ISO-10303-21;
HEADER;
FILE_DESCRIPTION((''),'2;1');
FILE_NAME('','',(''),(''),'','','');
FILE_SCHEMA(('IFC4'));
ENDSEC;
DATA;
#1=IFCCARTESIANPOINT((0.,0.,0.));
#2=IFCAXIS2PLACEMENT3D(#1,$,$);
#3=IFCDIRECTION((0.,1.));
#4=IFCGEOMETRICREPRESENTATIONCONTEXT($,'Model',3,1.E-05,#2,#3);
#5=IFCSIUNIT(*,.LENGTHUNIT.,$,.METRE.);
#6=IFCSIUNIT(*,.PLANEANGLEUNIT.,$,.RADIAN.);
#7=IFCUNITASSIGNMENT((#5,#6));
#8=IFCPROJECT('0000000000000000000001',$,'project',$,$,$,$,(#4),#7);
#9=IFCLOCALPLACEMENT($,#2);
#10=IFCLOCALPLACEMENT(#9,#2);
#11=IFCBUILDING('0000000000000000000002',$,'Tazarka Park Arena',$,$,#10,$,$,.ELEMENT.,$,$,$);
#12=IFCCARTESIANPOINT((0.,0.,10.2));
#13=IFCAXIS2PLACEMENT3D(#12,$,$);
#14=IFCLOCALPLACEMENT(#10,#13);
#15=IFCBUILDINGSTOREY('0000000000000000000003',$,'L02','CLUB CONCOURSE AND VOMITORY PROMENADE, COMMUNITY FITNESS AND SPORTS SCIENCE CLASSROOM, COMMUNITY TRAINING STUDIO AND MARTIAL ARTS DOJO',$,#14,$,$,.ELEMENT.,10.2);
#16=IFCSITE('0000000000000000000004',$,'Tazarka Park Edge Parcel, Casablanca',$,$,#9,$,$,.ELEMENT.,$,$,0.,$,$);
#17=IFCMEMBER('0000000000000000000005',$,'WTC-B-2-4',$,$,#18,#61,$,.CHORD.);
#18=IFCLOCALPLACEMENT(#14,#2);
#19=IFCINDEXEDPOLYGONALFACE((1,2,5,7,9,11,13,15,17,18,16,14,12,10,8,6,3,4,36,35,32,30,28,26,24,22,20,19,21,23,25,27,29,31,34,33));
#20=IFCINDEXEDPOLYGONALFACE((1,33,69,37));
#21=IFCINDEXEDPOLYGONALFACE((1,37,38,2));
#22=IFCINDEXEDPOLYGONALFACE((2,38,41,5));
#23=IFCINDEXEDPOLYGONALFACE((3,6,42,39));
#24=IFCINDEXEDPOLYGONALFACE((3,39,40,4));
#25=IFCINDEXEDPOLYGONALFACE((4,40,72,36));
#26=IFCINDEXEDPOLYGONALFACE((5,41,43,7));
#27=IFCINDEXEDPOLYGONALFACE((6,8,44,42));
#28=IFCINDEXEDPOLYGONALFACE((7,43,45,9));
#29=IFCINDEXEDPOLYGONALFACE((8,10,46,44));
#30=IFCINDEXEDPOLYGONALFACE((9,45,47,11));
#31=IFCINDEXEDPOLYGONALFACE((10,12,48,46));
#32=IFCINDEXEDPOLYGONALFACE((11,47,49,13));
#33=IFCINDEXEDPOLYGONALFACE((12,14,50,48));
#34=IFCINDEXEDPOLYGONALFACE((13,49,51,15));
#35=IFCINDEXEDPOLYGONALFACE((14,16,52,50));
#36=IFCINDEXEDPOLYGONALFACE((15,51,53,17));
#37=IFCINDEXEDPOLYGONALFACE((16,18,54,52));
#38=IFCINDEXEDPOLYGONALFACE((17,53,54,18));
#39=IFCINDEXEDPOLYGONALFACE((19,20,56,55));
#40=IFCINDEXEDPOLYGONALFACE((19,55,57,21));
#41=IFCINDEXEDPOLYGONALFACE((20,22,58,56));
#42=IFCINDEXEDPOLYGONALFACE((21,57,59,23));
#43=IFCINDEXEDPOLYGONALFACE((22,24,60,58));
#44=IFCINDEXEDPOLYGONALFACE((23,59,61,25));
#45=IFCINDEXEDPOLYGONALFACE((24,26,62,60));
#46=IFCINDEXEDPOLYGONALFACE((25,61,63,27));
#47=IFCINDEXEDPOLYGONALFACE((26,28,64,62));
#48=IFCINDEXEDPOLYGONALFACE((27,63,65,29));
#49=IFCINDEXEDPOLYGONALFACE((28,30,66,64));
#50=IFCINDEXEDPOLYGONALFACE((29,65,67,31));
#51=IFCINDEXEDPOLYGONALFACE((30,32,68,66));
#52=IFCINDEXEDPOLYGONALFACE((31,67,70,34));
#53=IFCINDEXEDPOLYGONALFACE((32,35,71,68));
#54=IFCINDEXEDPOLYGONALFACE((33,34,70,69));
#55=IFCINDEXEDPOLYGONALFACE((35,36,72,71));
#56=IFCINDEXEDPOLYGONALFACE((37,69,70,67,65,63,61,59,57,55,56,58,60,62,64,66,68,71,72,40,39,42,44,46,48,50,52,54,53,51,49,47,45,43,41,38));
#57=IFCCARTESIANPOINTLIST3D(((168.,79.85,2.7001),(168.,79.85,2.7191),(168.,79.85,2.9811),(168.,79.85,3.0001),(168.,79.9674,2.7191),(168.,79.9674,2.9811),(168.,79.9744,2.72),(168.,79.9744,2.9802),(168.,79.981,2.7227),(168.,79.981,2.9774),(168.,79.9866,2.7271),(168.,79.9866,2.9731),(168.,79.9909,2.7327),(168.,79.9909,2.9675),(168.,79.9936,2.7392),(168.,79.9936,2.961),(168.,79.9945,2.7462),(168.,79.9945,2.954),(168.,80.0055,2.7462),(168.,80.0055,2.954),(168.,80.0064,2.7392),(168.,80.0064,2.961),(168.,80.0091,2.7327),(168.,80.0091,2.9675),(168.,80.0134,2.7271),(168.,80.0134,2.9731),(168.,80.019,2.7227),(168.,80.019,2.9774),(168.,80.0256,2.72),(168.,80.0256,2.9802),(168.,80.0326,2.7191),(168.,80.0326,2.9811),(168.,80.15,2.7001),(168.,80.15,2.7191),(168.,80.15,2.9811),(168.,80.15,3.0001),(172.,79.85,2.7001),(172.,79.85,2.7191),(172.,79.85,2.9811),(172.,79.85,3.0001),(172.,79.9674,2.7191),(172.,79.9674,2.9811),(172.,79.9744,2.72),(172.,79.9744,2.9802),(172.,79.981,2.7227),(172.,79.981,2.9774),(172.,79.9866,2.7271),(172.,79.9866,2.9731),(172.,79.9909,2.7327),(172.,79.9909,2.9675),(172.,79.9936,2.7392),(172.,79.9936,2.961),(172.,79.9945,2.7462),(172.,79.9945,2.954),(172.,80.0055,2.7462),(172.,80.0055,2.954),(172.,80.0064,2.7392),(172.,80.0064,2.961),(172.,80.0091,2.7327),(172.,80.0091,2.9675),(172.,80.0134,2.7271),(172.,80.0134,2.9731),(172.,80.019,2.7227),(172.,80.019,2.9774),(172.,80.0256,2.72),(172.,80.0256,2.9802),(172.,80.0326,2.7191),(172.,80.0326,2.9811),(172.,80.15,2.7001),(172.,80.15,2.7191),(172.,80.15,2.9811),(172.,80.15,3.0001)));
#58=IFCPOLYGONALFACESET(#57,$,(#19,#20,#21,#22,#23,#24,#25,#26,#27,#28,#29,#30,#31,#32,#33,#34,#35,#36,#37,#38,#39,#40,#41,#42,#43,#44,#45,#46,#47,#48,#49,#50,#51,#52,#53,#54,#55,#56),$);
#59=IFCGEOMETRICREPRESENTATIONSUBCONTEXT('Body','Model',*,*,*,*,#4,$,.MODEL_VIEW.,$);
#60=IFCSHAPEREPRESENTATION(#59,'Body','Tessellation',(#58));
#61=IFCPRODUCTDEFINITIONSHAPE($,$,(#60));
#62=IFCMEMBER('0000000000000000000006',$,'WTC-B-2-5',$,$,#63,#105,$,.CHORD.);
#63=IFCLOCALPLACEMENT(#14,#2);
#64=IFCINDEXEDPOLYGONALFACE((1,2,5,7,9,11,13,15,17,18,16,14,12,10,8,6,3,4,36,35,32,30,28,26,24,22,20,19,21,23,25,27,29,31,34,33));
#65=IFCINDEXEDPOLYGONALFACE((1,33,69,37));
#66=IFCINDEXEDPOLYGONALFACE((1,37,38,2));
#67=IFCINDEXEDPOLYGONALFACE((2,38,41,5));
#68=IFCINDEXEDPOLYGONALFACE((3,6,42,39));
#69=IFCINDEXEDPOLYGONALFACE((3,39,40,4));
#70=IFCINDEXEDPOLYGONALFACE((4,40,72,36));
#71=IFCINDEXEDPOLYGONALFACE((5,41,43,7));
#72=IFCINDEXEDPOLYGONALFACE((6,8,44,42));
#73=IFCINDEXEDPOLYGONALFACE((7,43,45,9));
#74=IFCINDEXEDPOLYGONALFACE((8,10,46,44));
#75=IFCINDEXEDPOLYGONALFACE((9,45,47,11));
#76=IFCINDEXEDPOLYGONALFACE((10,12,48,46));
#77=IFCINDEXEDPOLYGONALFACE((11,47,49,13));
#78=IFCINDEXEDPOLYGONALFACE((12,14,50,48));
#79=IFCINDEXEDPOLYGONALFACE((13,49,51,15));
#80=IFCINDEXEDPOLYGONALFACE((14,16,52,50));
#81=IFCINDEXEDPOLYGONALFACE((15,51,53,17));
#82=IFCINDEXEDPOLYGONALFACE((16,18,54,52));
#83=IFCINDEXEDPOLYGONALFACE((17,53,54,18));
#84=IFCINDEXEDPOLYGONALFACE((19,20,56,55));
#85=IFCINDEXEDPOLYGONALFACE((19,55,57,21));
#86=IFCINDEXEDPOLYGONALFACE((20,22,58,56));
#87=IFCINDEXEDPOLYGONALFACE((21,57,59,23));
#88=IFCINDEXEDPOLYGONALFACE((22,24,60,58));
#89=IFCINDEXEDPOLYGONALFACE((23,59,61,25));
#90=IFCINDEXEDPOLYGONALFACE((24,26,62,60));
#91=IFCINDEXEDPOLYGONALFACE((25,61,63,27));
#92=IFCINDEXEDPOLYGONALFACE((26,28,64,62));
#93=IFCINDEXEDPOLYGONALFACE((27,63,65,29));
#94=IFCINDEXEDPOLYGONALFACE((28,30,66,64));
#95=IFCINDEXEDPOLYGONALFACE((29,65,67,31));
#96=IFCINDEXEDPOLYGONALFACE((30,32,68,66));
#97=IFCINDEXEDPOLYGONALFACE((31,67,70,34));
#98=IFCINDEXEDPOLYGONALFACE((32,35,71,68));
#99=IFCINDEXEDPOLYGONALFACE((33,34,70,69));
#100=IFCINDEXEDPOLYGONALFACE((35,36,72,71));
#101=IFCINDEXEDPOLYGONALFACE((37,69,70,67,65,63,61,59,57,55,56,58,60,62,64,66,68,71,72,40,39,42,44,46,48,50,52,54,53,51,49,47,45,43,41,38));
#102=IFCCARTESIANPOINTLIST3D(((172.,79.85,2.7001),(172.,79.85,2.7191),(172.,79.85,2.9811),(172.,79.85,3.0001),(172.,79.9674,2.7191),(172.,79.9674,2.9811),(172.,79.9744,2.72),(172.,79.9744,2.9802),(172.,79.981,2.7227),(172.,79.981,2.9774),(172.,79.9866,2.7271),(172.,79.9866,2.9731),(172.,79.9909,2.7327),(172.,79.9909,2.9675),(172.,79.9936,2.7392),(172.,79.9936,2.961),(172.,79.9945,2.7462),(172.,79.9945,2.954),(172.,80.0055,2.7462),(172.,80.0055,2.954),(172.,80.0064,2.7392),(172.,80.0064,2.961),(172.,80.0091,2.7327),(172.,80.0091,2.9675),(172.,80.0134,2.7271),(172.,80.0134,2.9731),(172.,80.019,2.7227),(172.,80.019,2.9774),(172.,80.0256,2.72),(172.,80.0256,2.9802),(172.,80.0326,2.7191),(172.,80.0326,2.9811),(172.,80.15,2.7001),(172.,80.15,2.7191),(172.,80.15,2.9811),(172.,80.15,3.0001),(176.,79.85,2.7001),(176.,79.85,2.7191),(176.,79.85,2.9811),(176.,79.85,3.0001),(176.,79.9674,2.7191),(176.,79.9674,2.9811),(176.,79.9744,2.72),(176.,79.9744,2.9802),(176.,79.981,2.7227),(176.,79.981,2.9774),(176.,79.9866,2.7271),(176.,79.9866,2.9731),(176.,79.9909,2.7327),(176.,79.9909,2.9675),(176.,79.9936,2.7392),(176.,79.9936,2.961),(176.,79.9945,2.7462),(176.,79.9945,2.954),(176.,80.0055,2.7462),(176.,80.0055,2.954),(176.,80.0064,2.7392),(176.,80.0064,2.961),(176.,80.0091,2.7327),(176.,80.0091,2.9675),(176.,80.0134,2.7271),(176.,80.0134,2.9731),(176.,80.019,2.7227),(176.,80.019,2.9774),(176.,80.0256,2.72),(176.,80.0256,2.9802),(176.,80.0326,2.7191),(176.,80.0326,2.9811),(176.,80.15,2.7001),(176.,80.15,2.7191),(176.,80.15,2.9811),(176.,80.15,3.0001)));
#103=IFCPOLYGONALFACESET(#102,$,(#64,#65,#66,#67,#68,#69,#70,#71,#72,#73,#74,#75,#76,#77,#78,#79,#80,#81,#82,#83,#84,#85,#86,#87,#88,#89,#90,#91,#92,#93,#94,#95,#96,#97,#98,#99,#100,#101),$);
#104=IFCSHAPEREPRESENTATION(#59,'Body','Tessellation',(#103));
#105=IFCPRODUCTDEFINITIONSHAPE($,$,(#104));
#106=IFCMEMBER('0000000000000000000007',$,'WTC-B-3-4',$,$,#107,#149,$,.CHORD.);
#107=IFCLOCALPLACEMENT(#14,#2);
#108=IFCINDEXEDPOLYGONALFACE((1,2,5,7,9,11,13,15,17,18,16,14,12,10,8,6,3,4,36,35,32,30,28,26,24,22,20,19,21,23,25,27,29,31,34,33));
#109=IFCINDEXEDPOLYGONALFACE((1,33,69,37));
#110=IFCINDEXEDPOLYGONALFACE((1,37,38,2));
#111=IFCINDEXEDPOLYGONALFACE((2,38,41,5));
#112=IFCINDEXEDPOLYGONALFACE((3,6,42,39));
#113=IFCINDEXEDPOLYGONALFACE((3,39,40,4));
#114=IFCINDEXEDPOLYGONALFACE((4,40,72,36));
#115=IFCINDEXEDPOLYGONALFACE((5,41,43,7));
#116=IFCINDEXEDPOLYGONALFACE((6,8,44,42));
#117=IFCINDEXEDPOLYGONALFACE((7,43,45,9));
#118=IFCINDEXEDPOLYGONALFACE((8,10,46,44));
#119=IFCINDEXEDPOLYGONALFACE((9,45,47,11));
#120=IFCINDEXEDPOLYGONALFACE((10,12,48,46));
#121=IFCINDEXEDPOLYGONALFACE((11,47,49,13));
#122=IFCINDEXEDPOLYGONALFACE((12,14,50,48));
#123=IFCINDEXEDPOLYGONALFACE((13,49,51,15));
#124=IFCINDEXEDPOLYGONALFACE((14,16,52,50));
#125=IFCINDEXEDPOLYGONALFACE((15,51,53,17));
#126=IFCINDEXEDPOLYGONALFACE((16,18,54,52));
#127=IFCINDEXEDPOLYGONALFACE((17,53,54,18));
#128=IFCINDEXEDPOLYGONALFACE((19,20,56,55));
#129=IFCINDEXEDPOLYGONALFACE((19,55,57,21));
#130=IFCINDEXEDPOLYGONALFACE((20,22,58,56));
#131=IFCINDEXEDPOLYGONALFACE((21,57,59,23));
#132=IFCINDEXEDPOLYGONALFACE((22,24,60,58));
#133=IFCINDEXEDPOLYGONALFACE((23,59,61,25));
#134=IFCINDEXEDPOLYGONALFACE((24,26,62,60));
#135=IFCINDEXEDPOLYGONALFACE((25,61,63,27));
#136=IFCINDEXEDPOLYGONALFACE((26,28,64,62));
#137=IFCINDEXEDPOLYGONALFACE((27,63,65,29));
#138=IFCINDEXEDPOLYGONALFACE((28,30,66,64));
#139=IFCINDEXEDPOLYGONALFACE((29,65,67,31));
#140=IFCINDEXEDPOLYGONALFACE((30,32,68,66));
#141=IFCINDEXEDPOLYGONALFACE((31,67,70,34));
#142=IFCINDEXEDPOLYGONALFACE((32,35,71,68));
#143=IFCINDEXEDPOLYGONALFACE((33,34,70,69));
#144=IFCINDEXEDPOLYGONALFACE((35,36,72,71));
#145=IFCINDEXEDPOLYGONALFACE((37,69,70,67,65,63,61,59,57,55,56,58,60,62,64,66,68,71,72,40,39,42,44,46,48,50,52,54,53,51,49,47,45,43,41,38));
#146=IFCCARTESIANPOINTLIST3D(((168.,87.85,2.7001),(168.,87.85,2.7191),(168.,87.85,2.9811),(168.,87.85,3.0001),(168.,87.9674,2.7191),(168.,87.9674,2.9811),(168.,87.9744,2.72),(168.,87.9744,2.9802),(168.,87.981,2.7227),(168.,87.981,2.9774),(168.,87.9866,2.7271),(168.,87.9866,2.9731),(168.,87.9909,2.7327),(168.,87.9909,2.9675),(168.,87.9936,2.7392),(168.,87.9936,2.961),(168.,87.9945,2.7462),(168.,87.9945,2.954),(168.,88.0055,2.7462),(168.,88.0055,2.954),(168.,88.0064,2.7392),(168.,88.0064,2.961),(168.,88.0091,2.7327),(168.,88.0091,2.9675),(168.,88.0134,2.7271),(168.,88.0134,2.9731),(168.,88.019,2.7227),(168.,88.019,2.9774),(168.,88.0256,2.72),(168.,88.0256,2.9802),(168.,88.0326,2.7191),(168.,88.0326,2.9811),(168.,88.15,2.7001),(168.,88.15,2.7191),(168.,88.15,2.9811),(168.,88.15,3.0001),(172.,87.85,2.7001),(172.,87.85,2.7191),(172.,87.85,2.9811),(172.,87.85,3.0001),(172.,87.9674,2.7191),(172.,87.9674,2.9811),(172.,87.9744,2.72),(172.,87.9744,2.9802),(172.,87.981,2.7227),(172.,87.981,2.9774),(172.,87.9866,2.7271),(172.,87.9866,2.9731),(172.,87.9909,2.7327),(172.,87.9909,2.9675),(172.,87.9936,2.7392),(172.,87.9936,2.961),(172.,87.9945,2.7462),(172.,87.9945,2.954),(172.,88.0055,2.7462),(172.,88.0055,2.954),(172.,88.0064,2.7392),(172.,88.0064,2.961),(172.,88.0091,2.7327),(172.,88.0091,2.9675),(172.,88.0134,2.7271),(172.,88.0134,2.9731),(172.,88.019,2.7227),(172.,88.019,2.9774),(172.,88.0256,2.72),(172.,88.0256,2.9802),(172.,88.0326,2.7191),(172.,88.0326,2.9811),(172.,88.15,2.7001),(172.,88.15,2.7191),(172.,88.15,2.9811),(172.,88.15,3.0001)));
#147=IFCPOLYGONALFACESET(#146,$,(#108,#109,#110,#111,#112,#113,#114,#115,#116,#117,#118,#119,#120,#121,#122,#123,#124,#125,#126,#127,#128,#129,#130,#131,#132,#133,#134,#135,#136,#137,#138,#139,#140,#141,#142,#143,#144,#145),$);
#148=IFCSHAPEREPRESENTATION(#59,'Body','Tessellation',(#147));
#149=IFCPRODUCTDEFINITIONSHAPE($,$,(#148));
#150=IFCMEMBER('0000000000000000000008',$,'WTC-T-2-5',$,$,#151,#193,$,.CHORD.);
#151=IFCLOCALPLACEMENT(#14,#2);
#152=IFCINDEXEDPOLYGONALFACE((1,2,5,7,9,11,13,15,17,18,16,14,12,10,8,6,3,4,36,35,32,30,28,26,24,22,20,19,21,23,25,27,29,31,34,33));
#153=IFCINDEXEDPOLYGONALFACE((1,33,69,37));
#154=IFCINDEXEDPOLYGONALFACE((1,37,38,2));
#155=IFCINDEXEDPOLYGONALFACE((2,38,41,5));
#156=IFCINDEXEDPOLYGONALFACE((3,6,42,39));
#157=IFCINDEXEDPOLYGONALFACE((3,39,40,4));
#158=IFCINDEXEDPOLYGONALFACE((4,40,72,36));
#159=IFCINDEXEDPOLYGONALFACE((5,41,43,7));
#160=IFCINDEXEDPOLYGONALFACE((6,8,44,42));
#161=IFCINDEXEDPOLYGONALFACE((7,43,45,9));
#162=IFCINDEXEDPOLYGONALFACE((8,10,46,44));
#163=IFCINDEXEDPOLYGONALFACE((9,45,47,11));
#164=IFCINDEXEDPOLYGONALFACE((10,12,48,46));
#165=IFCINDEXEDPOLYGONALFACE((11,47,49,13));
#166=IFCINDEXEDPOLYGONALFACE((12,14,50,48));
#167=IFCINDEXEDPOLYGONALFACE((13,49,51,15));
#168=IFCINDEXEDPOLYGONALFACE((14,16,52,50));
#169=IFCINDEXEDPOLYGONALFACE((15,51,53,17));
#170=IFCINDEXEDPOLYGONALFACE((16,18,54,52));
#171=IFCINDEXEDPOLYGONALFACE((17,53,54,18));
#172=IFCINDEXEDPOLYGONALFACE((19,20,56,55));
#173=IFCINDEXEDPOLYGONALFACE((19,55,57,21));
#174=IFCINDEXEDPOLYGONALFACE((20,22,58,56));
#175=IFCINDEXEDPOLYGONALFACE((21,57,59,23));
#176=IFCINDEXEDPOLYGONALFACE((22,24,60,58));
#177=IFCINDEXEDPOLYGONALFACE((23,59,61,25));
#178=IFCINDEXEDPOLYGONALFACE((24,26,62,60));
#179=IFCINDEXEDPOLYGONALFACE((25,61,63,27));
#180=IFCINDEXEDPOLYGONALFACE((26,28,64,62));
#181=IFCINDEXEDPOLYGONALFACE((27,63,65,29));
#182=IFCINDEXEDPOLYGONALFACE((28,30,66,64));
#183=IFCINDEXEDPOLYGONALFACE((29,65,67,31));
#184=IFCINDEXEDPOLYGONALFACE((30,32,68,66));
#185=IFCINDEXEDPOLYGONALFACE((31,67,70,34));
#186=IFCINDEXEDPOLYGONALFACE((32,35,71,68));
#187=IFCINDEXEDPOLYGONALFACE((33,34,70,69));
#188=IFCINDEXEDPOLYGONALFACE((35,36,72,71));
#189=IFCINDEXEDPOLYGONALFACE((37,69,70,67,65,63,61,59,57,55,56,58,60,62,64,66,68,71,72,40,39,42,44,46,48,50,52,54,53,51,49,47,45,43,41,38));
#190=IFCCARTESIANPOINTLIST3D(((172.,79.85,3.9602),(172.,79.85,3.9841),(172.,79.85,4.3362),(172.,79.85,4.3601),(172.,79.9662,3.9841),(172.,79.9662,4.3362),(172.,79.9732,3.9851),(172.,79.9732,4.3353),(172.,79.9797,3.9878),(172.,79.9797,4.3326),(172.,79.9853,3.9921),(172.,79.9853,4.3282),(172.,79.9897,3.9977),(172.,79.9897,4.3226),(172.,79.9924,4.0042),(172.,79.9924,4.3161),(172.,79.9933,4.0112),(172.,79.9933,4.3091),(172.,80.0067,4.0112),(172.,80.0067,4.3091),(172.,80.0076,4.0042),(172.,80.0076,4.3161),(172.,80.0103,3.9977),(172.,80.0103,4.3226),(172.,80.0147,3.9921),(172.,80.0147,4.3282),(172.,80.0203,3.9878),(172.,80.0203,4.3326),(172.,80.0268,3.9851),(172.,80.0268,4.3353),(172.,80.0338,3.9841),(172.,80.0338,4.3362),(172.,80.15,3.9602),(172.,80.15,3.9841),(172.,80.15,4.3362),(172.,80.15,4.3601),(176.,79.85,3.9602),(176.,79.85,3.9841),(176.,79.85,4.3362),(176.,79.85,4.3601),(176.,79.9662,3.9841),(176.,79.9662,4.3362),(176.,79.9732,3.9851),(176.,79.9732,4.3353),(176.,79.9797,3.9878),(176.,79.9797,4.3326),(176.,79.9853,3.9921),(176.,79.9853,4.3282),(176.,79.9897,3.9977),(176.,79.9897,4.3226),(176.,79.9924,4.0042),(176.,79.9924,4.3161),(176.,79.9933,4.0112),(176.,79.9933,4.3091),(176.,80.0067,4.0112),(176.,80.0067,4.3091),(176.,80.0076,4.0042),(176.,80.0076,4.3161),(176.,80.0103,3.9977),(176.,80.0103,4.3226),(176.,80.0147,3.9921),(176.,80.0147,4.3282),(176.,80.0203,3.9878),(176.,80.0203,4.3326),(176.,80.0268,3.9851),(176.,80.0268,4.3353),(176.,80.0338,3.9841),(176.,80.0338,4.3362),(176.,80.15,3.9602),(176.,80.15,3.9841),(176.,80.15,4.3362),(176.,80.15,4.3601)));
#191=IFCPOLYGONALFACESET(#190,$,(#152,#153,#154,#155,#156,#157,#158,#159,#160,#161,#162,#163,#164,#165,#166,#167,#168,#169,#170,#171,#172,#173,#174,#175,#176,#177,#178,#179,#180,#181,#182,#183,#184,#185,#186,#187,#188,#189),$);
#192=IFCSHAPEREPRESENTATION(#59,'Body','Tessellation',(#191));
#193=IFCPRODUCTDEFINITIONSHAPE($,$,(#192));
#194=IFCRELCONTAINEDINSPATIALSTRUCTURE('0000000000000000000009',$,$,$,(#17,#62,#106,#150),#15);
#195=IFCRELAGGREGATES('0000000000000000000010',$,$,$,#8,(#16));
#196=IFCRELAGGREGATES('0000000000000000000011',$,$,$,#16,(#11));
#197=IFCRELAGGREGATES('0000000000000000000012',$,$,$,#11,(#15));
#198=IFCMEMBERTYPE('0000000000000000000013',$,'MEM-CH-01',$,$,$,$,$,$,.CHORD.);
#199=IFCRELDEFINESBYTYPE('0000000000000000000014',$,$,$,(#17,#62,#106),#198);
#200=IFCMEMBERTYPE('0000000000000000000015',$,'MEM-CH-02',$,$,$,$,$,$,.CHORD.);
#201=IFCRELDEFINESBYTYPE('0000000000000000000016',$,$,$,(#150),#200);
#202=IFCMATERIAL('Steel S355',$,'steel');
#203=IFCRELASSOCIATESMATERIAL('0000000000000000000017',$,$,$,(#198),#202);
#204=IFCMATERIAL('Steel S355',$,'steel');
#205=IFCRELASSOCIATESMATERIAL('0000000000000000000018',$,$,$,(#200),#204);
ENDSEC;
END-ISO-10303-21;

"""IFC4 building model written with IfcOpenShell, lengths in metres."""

from ifc_helpers import new_model, si_unit, direction, frame, origin, origin_2d, place, context, subcontext, project, spatial, i_section, extrude, material, material_profile, profile_set, type_object, element, save


model = new_model("IFC4")

# Units and contexts
model_context = context("Model", 3, precision=1e-05, world=origin(), true_north=direction((0.0, 1.0)))
body_context = subcontext(model_context, "Body", "Model", "MODEL_VIEW")
ifc_project = project(units=[si_unit("LENGTHUNIT", "METRE"), si_unit("PLANEANGLEUNIT", "RADIAN")], contexts=[model_context])

# Site, building, storey
site_placement = place(None, origin())
site = spatial("IfcSite", under=ifc_project, at=site_placement, Name="Tazarka Park Edge Parcel, Casablanca", CompositionType="ELEMENT", RefElevation=0.0)
building_placement = place(site_placement, origin())
building = spatial("IfcBuilding", under=site, at=building_placement, Name="Tazarka Park Arena", CompositionType="ELEMENT")
storey_placement = place(building_placement, frame((0.0, 0.0, 10.2)))
storey = spatial("IfcBuildingStorey", under=building, at=storey_placement, Name="L02", Description="CLUB CONCOURSE AND VOMITORY PROMENADE, COMMUNITY FITNESS AND SPORTS SCIENCE CLASSROOM, COMMUNITY TRAINING STUDIO AND MARTIAL ARTS DOJO", CompositionType="ELEMENT", Elevation=10.2)

# Members
ifc_material_1 = material(Name="Steel S355", Category="steel")
ifc_material_profile_1 = material_profile(ifc_material_1, i_section(OverallWidth=0.3, OverallDepth=0.3, WebThickness=0.011, FlangeThickness=0.019, FilletRadius=0.0271, at=origin_2d()), Name="Steel S355")
ifc_profile_set_1 = profile_set([ifc_material_profile_1], Name="Steel S355")
member_type_1 = type_object("IfcMemberType", Name="MEM-CH-01", PredefinedType="CHORD", material=ifc_profile_set_1)
for number, where, z_axis, x_axis, name in (
    (1, (168.0, 80.0, 2.8501), (1.0, 0.0, 0.0), (0.0, 1.0, 0.0), "WTC-B-2-4"),
    (2, (172.0, 80.0, 2.8501), (1.0, 0.0, 0.0), (0.0, 1.0, 0.0), "WTC-B-2-5"),
    (3, (168.0, 88.0, 2.8501), (1.0, 0.0, 0.0), (0.0, 1.0, 0.0), "WTC-B-3-4"),
):
    element("IfcMember", number, at=place(storey_placement, frame(where, z_axis=z_axis, x_axis=x_axis)), inside=storey, type_object=member_type_1, Name=name, PredefinedType="CHORD", context=body_context, shape_type="SweptSolid", body=[
        extrude(i_section(OverallWidth=0.3, OverallDepth=0.3, WebThickness=0.011, FlangeThickness=0.019, FilletRadius=0.0271, at=origin_2d()), origin(), (0.0, 0.0, 1.0), 4.0),
    ])
ifc_material_2 = material(Name="Steel S355", Category="steel")
ifc_material_profile_2 = material_profile(ifc_material_2, i_section(OverallWidth=0.3, OverallDepth=0.3999, WebThickness=0.0134, FlangeThickness=0.0239, FilletRadius=0.0271, at=origin_2d()), Name="Steel S355")
ifc_profile_set_2 = profile_set([ifc_material_profile_2], Name="Steel S355")
member_type_2 = type_object("IfcMemberType", Name="MEM-CH-02", PredefinedType="CHORD", material=ifc_profile_set_2)
for number, where, z_axis, x_axis, name in (
    (4, (172.0, 80.0, 4.1602), (1.0, 0.0, 0.0), (0.0, 1.0, 0.0), "WTC-T-2-5"),
):
    element("IfcMember", number, at=place(storey_placement, frame(where, z_axis=z_axis, x_axis=x_axis)), inside=storey, type_object=member_type_2, Name=name, PredefinedType="CHORD", context=body_context, shape_type="SweptSolid", body=[
        extrude(i_section(OverallWidth=0.3, OverallDepth=0.3999, WebThickness=0.0134, FlangeThickness=0.0239, FilletRadius=0.0271, at=origin_2d()), origin(), (0.0, 0.0, 1.0), 4.0),
    ])

save(model, "model.ifc")
